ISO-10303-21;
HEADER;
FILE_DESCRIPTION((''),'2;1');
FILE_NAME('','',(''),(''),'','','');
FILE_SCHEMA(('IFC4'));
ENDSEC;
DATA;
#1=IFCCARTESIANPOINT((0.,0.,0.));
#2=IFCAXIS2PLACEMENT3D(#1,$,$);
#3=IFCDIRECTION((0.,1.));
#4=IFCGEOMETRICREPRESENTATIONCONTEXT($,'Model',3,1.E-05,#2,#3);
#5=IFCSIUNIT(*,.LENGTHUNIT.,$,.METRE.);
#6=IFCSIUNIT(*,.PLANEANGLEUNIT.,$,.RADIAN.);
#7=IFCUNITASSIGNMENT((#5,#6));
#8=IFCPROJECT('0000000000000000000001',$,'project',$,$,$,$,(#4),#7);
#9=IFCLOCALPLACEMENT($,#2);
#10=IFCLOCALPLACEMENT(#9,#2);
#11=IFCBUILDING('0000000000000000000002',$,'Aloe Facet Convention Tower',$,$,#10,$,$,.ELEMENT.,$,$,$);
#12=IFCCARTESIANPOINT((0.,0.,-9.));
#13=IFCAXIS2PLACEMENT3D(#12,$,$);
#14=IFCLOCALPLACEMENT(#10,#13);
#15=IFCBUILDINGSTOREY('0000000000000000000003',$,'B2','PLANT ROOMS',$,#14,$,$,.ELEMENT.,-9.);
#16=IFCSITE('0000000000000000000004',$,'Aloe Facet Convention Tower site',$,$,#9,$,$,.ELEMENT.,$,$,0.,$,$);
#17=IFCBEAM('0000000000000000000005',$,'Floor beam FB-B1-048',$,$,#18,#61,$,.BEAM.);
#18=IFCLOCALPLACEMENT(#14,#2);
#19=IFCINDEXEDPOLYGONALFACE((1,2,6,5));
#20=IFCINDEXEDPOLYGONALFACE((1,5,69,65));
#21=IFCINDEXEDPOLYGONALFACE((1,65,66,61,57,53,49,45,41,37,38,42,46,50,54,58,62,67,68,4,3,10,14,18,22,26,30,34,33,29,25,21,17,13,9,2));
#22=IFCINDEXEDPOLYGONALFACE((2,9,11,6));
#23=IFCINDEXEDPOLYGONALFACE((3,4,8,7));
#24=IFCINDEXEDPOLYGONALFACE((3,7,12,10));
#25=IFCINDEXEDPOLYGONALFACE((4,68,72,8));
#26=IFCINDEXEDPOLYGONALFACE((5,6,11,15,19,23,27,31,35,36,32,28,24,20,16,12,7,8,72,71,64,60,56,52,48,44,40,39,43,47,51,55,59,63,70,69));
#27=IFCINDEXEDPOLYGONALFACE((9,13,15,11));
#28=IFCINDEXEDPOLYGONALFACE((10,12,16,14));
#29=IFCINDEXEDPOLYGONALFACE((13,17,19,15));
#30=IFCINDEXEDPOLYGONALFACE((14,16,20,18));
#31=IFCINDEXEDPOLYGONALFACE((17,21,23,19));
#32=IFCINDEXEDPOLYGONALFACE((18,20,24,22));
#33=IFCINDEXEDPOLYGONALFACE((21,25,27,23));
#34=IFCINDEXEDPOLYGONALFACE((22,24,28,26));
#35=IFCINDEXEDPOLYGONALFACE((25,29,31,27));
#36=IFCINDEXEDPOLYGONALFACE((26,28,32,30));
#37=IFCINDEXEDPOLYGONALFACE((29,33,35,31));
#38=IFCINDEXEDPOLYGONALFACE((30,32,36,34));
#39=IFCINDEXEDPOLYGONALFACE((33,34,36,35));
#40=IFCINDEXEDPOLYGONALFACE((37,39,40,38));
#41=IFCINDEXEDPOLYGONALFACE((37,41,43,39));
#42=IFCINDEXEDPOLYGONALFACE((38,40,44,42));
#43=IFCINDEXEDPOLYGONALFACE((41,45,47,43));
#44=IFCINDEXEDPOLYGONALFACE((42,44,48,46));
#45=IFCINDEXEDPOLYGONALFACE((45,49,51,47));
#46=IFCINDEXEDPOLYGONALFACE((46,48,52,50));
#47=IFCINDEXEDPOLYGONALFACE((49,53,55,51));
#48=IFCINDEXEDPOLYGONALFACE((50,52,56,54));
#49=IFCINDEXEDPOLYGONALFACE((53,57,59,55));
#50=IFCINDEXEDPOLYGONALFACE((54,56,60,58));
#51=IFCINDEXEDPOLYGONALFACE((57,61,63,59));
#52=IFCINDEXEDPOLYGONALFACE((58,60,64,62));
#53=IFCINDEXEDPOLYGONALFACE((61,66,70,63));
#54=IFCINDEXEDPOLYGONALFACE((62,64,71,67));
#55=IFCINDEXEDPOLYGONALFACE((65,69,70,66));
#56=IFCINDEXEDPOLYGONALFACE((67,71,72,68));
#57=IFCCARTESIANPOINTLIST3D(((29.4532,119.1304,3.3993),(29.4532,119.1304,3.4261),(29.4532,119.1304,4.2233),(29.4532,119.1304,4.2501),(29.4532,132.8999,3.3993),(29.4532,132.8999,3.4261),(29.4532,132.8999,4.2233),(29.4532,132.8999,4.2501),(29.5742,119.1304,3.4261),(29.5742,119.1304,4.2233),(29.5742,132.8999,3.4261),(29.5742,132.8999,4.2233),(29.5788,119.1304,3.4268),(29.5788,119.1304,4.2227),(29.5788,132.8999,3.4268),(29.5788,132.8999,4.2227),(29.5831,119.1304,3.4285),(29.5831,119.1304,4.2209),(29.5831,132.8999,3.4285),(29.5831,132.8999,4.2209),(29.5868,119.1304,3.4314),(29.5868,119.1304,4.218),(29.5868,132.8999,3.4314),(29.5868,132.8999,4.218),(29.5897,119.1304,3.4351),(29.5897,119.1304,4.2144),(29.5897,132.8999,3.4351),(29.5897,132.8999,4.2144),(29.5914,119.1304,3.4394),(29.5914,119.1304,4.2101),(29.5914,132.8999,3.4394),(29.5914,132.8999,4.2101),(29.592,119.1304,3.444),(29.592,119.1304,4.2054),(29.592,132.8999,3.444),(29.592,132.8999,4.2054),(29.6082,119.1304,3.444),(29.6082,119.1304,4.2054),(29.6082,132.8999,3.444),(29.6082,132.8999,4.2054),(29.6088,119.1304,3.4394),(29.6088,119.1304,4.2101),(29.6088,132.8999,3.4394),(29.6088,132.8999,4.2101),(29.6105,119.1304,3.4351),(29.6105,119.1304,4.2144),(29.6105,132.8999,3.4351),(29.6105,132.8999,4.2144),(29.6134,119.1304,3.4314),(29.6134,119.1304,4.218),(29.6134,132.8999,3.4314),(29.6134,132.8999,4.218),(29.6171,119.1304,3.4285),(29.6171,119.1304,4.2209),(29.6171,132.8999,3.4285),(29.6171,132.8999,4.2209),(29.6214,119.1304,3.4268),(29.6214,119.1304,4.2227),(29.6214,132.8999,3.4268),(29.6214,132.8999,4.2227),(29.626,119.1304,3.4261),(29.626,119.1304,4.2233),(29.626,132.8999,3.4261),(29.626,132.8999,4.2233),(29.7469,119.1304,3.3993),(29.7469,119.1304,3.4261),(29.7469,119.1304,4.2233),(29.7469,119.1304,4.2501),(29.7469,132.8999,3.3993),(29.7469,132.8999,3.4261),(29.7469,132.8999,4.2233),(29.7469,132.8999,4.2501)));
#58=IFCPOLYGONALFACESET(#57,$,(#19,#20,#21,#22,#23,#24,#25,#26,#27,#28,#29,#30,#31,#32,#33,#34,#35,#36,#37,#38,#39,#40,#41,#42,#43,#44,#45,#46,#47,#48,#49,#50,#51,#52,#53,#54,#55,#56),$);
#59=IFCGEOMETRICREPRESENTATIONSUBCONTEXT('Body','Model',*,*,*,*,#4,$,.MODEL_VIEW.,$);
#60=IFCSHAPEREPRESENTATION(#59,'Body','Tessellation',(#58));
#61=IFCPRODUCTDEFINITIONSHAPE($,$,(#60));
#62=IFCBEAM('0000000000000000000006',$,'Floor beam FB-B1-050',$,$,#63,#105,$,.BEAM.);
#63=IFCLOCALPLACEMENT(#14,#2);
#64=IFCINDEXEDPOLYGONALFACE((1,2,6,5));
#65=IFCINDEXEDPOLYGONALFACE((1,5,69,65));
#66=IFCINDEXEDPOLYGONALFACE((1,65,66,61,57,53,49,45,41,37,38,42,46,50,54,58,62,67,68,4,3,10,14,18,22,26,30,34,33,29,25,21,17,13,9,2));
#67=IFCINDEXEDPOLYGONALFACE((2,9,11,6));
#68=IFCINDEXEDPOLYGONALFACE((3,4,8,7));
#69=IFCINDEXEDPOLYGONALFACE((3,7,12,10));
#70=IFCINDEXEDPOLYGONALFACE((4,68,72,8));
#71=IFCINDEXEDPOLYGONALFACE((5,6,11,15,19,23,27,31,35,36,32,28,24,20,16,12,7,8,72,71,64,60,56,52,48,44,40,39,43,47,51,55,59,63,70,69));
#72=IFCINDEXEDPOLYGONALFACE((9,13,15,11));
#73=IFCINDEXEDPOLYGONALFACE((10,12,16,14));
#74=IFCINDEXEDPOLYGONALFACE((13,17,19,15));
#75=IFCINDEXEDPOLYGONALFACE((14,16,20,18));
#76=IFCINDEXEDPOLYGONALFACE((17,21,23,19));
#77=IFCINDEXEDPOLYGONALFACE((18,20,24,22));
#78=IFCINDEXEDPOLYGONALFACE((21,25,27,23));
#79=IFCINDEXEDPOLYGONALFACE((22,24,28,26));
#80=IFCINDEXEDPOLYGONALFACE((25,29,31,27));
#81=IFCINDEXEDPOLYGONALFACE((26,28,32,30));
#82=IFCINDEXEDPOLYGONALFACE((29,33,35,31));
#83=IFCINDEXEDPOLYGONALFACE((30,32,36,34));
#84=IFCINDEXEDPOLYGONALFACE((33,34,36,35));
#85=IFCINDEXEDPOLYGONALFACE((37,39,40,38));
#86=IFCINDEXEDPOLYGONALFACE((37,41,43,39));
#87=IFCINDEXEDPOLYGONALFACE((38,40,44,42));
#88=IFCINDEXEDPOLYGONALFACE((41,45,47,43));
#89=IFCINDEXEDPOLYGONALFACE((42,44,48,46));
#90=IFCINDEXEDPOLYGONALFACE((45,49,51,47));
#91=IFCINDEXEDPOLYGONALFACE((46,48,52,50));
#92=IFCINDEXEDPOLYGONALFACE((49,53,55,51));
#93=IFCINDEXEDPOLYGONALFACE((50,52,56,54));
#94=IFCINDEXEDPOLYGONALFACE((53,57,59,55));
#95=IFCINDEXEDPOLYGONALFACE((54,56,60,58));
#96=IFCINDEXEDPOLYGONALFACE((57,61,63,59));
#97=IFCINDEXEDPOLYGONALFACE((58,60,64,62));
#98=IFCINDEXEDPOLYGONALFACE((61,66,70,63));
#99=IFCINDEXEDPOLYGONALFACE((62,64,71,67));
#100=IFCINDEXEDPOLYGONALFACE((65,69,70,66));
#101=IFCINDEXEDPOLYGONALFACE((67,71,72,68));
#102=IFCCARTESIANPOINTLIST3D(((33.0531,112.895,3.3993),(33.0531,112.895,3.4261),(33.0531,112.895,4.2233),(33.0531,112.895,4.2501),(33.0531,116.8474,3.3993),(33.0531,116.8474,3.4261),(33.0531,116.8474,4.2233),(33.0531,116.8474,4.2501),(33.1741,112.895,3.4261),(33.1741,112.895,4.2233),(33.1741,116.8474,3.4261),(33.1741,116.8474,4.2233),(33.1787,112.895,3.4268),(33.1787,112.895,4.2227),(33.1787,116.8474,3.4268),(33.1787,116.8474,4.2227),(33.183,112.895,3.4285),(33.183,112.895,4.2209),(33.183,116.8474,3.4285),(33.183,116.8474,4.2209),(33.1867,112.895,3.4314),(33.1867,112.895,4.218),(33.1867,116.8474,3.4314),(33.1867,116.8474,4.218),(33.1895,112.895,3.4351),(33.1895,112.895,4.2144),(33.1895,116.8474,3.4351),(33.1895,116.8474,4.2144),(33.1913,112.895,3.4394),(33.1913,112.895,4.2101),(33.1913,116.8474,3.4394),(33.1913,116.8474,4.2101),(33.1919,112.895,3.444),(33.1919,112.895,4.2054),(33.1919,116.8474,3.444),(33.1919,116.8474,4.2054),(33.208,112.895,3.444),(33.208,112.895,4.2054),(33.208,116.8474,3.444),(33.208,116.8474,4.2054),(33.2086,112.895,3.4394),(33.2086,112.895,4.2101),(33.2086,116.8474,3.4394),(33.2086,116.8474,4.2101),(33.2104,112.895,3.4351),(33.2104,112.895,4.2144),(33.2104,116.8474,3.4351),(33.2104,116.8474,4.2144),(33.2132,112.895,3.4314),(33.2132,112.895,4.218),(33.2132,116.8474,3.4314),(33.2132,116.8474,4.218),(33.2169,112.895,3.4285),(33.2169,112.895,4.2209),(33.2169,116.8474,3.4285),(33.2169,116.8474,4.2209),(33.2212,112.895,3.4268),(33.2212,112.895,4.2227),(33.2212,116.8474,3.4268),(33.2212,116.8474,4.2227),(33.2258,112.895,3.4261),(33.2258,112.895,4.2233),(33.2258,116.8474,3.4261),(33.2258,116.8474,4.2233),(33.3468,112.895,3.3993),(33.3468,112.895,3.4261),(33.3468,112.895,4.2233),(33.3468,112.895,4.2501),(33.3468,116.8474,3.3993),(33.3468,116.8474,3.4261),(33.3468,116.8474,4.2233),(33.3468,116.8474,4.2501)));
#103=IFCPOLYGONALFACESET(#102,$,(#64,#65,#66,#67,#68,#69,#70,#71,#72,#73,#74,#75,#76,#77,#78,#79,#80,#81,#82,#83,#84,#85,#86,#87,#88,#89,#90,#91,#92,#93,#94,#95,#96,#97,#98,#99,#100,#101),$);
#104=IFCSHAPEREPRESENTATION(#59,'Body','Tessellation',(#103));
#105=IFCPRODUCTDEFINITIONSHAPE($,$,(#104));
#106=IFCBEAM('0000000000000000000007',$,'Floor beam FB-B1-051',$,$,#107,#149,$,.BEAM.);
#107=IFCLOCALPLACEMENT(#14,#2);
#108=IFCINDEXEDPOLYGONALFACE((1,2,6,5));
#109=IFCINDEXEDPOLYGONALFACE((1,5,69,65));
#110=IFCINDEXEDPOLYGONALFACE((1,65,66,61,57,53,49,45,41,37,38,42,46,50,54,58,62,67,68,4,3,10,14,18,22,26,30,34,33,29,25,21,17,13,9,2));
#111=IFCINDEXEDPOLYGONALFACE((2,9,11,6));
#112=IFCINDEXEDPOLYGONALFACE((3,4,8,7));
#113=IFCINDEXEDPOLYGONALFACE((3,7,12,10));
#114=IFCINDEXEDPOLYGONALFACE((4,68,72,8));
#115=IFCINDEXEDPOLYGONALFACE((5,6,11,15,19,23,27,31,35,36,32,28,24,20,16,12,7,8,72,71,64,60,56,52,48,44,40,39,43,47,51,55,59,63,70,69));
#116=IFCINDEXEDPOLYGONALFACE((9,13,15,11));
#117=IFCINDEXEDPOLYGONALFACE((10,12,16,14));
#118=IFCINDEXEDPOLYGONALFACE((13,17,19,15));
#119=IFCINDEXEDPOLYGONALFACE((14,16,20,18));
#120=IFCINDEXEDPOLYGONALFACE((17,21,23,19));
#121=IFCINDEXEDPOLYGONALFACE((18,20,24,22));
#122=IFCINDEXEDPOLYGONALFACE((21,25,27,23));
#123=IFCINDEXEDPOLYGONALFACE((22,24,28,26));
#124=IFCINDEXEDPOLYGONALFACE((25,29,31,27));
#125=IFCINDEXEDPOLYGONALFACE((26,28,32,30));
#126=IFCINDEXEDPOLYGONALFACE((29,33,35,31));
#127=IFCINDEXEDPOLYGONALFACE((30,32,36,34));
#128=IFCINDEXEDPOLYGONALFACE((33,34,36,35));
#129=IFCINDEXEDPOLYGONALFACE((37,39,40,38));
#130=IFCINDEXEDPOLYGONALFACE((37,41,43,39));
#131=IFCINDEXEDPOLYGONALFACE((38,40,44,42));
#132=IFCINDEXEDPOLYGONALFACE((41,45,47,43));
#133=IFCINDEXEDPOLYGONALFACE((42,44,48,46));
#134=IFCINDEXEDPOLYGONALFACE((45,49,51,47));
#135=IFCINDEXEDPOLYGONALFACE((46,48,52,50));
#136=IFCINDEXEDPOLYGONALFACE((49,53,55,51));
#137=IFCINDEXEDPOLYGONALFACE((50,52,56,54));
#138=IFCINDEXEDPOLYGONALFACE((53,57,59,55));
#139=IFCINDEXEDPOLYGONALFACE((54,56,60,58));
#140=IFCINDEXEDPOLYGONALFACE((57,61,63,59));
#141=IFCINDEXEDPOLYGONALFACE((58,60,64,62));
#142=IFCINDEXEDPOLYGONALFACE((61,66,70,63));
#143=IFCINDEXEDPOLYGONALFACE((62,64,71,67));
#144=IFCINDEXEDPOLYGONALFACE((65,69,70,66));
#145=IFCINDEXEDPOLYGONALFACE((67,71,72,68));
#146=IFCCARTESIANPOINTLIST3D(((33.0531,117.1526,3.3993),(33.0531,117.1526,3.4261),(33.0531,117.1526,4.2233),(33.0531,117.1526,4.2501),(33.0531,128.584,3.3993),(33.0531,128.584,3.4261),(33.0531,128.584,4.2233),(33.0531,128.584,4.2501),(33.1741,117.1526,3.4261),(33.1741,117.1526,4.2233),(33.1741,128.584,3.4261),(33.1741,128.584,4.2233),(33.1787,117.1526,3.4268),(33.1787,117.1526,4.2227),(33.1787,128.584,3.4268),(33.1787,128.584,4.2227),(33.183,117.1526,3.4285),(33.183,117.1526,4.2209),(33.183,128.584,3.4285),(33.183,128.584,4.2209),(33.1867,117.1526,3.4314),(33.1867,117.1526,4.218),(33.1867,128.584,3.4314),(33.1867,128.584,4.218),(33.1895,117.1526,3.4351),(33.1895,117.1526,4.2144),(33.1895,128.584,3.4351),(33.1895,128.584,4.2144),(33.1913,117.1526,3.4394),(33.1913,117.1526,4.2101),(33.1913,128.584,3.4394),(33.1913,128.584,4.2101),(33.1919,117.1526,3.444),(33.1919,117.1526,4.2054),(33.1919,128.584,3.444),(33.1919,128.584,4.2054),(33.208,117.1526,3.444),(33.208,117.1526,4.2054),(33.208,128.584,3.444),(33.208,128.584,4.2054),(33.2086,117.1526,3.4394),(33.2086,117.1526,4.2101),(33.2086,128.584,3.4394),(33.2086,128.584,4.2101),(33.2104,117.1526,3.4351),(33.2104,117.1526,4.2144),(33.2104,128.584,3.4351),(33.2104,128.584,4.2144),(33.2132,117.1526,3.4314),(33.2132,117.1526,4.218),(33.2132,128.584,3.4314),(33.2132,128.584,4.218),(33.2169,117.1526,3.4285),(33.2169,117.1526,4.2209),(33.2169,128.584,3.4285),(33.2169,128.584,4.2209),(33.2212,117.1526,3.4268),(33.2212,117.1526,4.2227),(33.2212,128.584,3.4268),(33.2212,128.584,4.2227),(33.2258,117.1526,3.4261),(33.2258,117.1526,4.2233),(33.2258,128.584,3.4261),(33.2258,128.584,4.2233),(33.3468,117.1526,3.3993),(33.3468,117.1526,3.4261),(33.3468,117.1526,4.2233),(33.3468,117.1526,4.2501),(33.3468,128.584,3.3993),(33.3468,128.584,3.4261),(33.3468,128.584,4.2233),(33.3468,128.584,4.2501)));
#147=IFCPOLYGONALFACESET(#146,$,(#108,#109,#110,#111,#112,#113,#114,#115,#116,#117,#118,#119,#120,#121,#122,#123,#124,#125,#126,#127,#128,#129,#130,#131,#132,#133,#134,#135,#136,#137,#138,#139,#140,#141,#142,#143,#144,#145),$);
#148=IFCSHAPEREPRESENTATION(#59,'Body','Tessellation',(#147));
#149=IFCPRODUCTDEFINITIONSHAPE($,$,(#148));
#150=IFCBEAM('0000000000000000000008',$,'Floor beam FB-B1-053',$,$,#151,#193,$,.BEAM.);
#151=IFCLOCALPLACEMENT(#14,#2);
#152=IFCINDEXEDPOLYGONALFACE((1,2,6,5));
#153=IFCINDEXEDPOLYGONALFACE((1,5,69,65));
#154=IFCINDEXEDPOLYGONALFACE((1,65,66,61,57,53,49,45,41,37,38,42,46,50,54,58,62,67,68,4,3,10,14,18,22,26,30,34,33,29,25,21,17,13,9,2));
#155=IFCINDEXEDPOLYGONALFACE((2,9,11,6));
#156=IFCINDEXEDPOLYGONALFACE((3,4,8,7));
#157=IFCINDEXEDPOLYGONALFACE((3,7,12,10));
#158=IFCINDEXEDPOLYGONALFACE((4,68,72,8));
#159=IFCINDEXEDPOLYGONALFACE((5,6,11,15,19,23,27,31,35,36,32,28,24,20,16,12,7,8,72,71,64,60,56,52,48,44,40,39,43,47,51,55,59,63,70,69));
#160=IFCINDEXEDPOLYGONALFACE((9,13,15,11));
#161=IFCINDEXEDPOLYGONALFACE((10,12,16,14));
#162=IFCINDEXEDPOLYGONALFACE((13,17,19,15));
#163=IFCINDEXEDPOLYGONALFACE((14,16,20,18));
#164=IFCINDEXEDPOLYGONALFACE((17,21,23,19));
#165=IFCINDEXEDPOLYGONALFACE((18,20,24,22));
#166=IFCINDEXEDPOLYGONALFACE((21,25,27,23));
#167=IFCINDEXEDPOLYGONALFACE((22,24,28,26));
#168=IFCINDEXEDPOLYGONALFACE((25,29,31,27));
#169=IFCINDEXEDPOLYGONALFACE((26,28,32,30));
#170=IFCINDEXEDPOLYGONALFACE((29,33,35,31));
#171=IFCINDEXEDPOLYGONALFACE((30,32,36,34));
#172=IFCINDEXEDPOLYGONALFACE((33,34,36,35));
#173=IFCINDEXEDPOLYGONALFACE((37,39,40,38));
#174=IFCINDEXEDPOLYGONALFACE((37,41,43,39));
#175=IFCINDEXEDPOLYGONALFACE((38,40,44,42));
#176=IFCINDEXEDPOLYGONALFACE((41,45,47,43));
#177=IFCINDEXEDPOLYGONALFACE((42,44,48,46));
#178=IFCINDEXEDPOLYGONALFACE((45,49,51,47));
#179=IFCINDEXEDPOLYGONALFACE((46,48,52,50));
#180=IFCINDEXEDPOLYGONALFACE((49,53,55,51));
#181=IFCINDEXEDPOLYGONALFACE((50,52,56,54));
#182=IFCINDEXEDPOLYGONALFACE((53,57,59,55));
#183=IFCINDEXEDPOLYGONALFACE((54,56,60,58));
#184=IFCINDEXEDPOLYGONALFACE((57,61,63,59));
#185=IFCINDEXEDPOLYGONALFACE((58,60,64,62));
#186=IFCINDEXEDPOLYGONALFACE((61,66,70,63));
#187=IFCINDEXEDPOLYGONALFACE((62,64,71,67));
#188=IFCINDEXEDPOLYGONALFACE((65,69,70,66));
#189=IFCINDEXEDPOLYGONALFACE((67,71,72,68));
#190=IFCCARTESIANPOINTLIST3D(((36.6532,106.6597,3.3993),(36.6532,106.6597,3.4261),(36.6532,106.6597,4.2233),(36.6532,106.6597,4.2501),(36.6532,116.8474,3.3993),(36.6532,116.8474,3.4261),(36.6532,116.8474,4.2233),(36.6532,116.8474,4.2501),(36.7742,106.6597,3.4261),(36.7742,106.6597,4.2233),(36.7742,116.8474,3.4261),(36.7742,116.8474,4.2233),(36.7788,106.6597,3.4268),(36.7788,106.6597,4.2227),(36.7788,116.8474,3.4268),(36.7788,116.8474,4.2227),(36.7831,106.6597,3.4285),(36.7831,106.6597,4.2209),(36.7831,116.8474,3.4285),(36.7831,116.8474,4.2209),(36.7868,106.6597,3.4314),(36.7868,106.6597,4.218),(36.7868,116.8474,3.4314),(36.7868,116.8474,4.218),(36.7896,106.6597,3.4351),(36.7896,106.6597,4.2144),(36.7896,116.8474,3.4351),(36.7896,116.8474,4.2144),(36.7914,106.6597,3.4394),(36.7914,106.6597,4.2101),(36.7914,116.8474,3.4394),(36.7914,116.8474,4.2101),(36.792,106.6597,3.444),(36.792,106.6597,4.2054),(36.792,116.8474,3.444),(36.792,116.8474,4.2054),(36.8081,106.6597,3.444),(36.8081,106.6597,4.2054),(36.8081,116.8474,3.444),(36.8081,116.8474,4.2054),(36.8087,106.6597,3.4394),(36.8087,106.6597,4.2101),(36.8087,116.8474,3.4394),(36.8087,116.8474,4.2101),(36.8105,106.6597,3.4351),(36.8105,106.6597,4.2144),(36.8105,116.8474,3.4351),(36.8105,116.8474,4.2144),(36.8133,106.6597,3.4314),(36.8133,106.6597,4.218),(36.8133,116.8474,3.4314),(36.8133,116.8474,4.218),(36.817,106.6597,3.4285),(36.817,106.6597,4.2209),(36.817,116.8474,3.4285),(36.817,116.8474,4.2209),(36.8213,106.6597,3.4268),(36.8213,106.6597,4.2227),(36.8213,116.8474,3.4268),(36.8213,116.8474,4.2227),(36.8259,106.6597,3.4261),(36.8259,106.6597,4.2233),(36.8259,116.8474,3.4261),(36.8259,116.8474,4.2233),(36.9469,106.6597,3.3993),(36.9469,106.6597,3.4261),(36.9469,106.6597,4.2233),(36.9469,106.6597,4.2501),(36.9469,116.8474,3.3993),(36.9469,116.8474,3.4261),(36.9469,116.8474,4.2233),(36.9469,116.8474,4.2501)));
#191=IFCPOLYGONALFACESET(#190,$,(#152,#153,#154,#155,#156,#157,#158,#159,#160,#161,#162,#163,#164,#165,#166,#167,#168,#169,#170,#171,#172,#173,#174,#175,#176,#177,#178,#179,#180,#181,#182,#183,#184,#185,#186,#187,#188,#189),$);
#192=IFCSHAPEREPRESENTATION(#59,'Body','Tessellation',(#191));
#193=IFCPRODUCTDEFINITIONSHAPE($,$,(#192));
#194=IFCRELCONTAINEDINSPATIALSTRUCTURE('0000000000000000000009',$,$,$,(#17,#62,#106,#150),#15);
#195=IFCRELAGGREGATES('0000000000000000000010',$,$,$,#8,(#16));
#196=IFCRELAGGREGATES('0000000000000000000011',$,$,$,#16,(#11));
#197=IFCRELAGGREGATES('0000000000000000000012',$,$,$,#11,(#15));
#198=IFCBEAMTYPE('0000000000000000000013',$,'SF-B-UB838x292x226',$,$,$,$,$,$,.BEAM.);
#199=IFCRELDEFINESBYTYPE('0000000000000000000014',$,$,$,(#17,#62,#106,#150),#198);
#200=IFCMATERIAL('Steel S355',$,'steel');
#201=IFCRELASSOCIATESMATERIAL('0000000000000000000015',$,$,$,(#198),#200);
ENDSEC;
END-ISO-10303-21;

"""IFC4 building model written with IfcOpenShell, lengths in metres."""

from ifc_helpers import new_model, si_unit, direction, frame, origin, origin_2d, place, context, subcontext, project, spatial, i_section, extrude, material, material_profile, profile_set, type_object, element, save


model = new_model("IFC4")

# Units and contexts
model_context = context("Model", 3, precision=1e-05, world=origin(), true_north=direction((0.0, 1.0)))
body_context = subcontext(model_context, "Body", "Model", "MODEL_VIEW")
ifc_project = project(units=[si_unit("LENGTHUNIT", "METRE"), si_unit("PLANEANGLEUNIT", "RADIAN")], contexts=[model_context])

# Site, building, storey
site_placement = place(None, origin())
site = spatial("IfcSite", under=ifc_project, at=site_placement, Name="Aloe Facet Convention Tower site", CompositionType="ELEMENT", RefElevation=0.0)
building_placement = place(site_placement, origin())
building = spatial("IfcBuilding", under=site, at=building_placement, Name="Aloe Facet Convention Tower", CompositionType="ELEMENT")
storey_placement = place(building_placement, frame((0.0, 0.0, -9.0)))
storey = spatial("IfcBuildingStorey", under=building, at=storey_placement, Name="B2", Description="PLANT ROOMS", CompositionType="ELEMENT", Elevation=-9.0)

# Beams
ifc_material_1 = material(Name="Steel S355", Category="steel")
ifc_material_profile_1 = material_profile(ifc_material_1, i_section(OverallWidth=0.2937, OverallDepth=0.8508, WebThickness=0.0161, FlangeThickness=0.0269, FilletRadius=0.0178, at=origin_2d()), Name="UB 838x292x226")
ifc_profile_set_1 = profile_set([ifc_material_profile_1], Name="Steel S355")
beam_type_1 = type_object("IfcBeamType", Name="SF-B-UB838x292x226", PredefinedType="BEAM", material=ifc_profile_set_1)
beam_1_placement = place(storey_placement, frame((29.6001, 119.1304, 3.8247), z_axis=(0.0, 1.0, 0.0), x_axis=(-1.0, 0.0, 0.0)))
element("IfcBeam", 1, at=beam_1_placement, inside=storey, type_object=beam_type_1, Name="Floor beam FB-B1-048", PredefinedType="BEAM", context=body_context, shape_type="SweptSolid", body=[
    extrude(i_section(OverallWidth=0.2937, OverallDepth=0.8508, WebThickness=0.0161, FlangeThickness=0.0269, FilletRadius=0.0178, at=origin_2d()), origin(), (0.0, 0.0, 1.0), 13.7695),
])
beam_2_placement = place(storey_placement, frame((33.2, 112.895, 3.8247), z_axis=(0.0, 1.0, 0.0), x_axis=(-1.0, 0.0, 0.0)))
element("IfcBeam", 2, at=beam_2_placement, inside=storey, type_object=beam_type_1, Name="Floor beam FB-B1-050", PredefinedType="BEAM", context=body_context, shape_type="SweptSolid", body=[
    extrude(i_section(OverallWidth=0.2937, OverallDepth=0.8508, WebThickness=0.0161, FlangeThickness=0.0269, FilletRadius=0.0178, at=origin_2d()), origin(), (0.0, 0.0, 1.0), 3.9524),
])
beam_3_placement = place(storey_placement, frame((33.2, 117.1526, 3.8247), z_axis=(0.0, 1.0, 0.0), x_axis=(-1.0, 0.0, 0.0)))
element("IfcBeam", 3, at=beam_3_placement, inside=storey, type_object=beam_type_1, Name="Floor beam FB-B1-051", PredefinedType="BEAM", context=body_context, shape_type="SweptSolid", body=[
    extrude(i_section(OverallWidth=0.2937, OverallDepth=0.8508, WebThickness=0.0161, FlangeThickness=0.0269, FilletRadius=0.0178, at=origin_2d()), origin(), (0.0, 0.0, 1.0), 11.4314),
])
beam_4_placement = place(storey_placement, frame((36.8, 106.6597, 3.8247), z_axis=(0.0, 1.0, 0.0), x_axis=(-1.0, 0.0, 0.0)))
element("IfcBeam", 4, at=beam_4_placement, inside=storey, type_object=beam_type_1, Name="Floor beam FB-B1-053", PredefinedType="BEAM", context=body_context, shape_type="SweptSolid", body=[
    extrude(i_section(OverallWidth=0.2937, OverallDepth=0.8508, WebThickness=0.0161, FlangeThickness=0.0269, FilletRadius=0.0178, at=origin_2d()), origin(), (0.0, 0.0, 1.0), 10.1877),
])

save(model, "model.ifc")
